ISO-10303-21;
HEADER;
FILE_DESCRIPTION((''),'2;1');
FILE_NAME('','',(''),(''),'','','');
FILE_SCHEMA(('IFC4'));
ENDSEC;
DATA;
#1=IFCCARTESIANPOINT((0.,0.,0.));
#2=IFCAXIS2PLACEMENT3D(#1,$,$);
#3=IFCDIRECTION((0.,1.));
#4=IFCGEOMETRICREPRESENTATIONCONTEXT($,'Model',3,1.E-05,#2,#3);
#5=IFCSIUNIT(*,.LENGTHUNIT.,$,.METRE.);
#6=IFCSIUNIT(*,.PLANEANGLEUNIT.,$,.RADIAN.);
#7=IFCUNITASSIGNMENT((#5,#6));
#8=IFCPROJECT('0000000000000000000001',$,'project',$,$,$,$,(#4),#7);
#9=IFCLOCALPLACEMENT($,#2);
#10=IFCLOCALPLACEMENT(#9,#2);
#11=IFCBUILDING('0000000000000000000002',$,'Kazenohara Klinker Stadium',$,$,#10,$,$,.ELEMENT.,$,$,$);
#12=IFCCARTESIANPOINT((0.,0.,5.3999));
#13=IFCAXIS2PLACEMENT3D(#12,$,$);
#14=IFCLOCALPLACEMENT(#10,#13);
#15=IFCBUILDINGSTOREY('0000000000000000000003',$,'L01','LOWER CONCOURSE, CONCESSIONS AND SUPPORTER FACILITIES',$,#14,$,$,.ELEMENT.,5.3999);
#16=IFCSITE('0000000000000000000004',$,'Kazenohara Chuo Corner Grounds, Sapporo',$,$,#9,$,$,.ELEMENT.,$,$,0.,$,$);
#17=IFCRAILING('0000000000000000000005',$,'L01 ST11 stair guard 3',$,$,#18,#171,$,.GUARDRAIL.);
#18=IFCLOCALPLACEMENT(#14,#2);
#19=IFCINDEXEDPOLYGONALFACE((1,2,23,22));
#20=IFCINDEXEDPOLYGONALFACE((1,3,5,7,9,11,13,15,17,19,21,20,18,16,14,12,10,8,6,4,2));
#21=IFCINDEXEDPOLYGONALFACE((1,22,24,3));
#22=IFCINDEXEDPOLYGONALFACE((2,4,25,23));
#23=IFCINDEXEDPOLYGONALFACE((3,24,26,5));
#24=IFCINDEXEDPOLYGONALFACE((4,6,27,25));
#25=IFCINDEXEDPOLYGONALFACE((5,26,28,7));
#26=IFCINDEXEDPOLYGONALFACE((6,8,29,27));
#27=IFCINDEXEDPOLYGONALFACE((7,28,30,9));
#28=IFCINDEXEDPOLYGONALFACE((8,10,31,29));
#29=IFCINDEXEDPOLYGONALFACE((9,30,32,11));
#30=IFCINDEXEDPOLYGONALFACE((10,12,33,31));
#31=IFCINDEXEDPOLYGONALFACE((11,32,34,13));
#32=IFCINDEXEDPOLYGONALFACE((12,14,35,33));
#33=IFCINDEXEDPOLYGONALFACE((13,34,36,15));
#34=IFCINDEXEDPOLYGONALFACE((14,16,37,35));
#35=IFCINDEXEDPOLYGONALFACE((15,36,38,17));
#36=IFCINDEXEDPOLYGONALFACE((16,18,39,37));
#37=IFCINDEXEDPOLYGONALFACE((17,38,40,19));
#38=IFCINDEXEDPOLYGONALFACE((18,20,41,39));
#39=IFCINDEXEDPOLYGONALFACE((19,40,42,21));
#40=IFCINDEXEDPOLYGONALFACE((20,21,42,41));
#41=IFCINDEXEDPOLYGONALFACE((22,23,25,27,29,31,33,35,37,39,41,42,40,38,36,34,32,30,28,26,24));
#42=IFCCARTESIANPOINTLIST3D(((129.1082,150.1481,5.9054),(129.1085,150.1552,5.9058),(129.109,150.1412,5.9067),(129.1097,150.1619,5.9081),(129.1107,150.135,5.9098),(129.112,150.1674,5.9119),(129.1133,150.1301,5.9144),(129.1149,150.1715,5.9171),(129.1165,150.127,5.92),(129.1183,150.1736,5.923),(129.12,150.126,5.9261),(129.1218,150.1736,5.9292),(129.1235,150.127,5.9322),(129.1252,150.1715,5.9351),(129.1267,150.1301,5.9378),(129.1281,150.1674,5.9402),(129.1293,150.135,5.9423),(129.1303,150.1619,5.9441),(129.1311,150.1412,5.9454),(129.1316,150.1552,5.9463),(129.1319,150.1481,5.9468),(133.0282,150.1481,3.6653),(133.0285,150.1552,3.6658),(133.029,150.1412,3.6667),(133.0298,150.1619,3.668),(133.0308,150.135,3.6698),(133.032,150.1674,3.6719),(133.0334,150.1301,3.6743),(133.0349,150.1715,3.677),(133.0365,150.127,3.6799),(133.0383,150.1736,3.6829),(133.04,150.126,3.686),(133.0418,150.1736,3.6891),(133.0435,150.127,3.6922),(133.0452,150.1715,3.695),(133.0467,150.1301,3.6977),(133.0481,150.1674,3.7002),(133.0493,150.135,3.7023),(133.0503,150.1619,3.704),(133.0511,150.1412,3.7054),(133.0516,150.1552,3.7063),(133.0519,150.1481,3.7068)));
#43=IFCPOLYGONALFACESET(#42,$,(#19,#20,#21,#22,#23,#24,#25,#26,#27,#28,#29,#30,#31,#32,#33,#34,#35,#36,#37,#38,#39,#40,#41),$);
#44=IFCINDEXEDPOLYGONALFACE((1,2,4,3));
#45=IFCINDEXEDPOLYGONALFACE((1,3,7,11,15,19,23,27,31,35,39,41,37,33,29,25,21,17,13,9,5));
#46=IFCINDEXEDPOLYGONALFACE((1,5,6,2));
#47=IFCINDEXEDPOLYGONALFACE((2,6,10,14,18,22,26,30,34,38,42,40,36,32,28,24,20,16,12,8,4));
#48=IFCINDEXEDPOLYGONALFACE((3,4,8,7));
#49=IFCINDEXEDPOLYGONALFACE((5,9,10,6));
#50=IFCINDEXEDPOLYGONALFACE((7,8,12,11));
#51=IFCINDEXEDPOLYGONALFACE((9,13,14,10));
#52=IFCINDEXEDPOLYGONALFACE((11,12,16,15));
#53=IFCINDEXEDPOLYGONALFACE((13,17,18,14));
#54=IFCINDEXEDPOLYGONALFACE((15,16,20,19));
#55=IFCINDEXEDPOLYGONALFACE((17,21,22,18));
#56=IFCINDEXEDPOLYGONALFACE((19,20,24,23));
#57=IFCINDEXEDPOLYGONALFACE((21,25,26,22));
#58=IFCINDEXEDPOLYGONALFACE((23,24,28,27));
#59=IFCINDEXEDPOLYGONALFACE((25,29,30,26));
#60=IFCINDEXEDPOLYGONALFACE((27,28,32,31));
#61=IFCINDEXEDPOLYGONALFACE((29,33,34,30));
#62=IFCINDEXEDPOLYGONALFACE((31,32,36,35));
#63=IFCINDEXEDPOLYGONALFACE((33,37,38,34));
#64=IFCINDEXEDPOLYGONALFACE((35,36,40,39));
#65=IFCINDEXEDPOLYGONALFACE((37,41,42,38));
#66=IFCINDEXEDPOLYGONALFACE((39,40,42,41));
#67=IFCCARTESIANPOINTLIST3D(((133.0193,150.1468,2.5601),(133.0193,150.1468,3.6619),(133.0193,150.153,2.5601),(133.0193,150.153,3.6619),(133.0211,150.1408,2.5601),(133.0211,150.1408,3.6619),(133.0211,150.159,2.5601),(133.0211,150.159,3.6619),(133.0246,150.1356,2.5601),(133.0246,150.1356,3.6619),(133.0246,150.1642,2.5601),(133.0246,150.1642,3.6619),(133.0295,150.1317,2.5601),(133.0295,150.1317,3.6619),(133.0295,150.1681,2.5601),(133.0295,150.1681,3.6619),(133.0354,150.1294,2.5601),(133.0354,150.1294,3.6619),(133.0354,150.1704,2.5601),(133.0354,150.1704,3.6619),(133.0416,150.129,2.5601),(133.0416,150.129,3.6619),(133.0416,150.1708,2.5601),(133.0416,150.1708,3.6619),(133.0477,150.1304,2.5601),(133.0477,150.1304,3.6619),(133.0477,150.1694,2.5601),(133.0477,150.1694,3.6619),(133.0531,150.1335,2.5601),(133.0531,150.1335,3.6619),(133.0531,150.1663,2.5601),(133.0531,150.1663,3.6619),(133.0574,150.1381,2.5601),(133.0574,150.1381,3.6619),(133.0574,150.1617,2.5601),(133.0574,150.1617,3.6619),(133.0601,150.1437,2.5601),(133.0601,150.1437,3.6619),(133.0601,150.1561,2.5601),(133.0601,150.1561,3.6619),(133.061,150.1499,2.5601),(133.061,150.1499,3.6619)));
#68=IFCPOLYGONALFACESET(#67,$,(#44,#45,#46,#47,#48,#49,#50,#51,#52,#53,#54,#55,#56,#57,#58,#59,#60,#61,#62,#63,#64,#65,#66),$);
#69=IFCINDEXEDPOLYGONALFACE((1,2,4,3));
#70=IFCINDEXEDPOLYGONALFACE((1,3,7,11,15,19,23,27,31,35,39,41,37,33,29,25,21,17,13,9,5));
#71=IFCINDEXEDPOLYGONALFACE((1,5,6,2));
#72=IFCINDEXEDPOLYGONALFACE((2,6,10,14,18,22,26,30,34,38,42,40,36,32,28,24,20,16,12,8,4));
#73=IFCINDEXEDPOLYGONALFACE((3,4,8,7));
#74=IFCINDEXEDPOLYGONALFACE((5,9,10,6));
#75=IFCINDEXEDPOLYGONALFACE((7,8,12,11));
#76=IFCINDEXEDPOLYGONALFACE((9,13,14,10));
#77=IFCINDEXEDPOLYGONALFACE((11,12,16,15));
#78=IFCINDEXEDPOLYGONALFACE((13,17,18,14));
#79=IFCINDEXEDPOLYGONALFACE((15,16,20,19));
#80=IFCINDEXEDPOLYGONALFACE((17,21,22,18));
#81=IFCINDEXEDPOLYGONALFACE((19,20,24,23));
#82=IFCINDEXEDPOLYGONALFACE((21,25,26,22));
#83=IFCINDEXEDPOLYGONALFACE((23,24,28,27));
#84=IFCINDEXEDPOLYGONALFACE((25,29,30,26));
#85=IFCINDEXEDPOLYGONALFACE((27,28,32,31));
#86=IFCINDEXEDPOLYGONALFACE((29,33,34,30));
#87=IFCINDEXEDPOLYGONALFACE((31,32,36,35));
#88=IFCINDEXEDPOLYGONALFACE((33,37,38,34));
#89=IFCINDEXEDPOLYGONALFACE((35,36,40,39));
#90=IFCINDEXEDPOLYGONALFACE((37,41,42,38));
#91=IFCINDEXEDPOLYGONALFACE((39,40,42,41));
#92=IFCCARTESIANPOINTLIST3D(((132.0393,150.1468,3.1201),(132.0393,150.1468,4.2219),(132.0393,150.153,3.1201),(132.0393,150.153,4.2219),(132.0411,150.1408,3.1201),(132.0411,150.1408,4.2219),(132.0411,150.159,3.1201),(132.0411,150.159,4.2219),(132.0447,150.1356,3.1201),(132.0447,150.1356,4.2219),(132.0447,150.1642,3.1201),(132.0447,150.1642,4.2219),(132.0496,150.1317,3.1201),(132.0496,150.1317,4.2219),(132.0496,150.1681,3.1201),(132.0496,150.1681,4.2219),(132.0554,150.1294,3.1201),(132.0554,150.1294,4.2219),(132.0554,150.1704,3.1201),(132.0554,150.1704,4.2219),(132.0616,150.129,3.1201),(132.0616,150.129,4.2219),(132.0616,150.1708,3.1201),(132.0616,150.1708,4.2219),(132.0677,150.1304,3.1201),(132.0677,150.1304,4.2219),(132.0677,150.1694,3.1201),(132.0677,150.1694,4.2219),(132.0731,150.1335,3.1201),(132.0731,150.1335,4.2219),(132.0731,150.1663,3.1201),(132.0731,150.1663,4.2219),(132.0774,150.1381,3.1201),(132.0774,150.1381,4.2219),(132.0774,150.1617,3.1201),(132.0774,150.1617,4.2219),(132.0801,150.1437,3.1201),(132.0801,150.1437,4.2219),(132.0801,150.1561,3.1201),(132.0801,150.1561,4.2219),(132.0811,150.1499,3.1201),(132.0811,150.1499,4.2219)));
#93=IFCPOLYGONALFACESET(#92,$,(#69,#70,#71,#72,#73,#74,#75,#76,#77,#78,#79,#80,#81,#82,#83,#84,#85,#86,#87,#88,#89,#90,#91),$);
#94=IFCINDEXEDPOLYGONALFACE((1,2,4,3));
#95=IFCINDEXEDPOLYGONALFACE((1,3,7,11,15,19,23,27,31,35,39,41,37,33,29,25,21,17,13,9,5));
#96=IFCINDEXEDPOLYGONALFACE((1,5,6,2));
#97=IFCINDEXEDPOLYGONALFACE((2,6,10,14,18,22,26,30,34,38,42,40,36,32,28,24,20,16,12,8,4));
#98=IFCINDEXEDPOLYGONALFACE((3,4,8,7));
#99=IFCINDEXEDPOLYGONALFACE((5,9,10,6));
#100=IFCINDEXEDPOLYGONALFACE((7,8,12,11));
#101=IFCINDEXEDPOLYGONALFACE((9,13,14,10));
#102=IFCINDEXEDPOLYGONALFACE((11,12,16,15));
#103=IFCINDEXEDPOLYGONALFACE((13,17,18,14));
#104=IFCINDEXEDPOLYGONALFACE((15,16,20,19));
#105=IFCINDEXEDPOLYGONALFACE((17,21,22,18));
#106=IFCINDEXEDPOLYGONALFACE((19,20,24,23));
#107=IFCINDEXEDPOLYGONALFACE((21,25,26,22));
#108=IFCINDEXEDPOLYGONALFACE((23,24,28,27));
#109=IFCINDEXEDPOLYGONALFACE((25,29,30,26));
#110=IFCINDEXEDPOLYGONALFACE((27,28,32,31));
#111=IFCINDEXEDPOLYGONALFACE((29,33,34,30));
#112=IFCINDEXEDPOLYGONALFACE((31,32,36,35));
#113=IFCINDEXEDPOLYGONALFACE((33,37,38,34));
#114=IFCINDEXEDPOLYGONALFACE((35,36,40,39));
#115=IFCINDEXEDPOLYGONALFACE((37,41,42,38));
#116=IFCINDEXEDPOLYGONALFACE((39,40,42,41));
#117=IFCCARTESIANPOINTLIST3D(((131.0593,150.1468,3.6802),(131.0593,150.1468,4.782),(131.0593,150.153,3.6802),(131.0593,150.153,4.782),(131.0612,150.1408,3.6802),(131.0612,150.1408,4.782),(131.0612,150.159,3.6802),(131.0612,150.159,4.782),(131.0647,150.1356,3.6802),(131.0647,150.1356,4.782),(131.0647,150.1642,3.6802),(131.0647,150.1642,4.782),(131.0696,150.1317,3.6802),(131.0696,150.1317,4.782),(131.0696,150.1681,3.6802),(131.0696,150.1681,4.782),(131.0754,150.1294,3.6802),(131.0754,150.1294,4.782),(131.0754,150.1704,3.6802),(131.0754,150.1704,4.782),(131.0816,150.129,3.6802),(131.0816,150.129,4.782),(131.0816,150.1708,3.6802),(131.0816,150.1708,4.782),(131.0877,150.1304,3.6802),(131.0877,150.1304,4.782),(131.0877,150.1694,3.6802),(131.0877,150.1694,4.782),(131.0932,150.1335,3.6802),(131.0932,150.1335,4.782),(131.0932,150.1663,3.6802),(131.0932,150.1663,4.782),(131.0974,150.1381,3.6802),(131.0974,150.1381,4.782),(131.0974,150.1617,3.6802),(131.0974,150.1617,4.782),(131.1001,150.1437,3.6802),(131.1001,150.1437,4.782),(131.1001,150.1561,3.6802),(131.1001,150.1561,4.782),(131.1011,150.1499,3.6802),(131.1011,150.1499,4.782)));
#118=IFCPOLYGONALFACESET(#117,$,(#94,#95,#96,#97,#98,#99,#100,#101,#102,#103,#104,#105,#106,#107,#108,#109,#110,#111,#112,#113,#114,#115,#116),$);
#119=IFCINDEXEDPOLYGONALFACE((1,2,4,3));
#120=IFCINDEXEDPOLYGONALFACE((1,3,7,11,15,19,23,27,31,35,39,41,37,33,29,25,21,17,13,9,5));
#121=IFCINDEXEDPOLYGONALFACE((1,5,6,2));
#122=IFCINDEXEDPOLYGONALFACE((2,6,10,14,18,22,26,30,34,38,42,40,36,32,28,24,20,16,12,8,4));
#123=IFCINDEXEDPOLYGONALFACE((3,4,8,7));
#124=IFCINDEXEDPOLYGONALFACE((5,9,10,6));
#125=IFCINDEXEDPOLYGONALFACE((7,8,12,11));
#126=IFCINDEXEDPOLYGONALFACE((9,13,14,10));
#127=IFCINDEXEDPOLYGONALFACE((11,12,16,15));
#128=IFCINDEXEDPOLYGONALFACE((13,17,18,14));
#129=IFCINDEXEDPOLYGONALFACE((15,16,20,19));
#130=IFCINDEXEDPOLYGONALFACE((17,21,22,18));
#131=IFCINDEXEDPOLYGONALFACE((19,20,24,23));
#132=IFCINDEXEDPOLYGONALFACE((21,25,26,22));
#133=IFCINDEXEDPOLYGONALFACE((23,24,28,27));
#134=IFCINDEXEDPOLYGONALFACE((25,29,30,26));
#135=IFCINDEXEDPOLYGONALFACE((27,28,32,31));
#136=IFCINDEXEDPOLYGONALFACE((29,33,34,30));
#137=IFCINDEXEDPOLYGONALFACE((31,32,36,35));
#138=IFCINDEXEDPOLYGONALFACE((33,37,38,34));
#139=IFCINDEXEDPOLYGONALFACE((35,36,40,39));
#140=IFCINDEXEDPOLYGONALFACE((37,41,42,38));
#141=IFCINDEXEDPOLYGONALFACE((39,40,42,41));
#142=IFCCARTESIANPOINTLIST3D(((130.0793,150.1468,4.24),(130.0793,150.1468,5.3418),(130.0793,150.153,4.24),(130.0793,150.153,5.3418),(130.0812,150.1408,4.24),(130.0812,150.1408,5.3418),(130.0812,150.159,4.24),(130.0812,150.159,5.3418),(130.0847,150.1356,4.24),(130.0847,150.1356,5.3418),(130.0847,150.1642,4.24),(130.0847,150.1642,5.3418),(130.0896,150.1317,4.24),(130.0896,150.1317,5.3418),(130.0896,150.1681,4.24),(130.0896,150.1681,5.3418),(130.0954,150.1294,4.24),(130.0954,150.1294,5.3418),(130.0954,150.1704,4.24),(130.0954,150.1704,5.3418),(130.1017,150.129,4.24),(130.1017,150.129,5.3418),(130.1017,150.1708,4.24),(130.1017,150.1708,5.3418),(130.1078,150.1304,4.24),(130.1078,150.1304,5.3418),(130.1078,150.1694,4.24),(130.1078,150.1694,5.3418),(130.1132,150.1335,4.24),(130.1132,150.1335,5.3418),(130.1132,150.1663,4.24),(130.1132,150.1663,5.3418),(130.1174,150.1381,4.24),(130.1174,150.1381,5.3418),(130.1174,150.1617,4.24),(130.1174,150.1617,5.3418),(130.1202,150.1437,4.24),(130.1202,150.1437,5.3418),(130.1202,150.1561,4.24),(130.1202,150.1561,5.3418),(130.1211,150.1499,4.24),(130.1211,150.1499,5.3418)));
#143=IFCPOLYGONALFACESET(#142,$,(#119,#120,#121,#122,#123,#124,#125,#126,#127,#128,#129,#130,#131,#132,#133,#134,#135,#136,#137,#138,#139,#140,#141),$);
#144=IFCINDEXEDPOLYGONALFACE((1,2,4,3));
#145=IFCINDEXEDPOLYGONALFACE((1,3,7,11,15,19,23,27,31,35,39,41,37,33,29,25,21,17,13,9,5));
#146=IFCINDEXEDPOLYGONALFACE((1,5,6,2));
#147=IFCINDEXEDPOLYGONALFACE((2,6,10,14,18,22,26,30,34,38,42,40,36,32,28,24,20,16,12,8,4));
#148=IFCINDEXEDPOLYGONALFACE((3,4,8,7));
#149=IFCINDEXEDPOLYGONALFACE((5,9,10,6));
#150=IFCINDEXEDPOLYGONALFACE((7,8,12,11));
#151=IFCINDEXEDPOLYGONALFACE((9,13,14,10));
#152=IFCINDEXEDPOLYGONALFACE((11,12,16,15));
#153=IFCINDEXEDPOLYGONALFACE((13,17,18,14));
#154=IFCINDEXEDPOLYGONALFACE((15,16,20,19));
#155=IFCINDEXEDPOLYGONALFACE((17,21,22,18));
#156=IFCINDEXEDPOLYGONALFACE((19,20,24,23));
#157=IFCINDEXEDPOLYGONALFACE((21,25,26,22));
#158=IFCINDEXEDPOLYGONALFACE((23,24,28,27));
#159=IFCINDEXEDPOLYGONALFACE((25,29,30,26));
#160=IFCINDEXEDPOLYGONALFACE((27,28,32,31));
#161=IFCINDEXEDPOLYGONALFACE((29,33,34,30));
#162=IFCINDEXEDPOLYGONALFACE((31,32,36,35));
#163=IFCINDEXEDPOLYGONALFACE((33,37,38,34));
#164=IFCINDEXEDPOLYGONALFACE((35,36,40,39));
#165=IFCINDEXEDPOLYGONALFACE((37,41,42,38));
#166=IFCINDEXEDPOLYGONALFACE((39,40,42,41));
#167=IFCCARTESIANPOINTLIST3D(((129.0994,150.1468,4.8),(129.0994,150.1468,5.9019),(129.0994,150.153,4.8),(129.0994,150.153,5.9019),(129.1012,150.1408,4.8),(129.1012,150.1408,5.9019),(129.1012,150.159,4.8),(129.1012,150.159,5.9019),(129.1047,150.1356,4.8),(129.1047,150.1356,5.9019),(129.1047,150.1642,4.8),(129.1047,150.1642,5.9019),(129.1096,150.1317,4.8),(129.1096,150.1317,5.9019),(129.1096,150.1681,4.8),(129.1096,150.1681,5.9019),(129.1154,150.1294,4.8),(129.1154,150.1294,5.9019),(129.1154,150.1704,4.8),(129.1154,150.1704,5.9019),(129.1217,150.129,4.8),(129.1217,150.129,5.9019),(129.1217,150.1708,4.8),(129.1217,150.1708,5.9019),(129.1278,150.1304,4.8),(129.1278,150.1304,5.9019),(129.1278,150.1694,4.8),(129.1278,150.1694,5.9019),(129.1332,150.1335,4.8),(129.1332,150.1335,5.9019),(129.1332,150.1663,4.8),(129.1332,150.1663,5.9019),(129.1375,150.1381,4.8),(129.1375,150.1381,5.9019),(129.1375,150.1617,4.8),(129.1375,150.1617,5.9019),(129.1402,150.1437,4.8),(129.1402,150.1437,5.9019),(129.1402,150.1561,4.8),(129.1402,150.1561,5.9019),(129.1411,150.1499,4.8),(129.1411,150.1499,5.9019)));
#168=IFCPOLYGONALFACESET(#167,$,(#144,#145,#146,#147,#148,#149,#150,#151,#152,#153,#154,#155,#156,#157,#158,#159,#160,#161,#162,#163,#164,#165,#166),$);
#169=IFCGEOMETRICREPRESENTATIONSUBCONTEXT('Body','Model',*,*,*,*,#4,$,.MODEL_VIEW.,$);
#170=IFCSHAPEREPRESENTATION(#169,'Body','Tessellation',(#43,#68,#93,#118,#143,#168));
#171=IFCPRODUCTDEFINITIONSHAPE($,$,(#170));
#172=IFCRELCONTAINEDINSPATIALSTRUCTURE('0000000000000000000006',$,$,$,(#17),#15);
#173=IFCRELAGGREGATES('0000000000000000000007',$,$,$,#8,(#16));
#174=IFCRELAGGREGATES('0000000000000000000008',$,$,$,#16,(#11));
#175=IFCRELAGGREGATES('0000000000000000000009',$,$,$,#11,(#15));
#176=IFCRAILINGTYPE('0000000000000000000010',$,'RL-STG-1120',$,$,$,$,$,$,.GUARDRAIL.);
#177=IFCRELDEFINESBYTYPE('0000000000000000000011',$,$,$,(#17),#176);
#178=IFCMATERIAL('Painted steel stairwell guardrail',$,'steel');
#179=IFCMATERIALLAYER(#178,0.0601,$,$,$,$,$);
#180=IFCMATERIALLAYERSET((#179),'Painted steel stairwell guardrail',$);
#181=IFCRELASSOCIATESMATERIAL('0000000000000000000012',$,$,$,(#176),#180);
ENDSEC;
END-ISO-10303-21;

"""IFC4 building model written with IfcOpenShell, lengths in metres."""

from ifc_helpers import new_model, si_unit, direction, frame, origin, origin_2d, place, context, subcontext, project, spatial, circle, extrude, material, layer, layer_set, type_object, element, save


model = new_model("IFC4")

# Units and contexts
model_context = context("Model", 3, precision=1e-05, world=origin(), true_north=direction((0.0, 1.0)))
body_context = subcontext(model_context, "Body", "Model", "MODEL_VIEW")
ifc_project = project(units=[si_unit("LENGTHUNIT", "METRE"), si_unit("PLANEANGLEUNIT", "RADIAN")], contexts=[model_context])

# Site, building, storey
site_placement = place(None, origin())
site = spatial("IfcSite", under=ifc_project, at=site_placement, Name="Kazenohara Chuo Corner Grounds, Sapporo", CompositionType="ELEMENT", RefElevation=0.0)
building_placement = place(site_placement, origin())
building = spatial("IfcBuilding", under=site, at=building_placement, Name="Kazenohara Klinker Stadium", CompositionType="ELEMENT")
storey_placement = place(building_placement, frame((0.0, 0.0, 5.3999)))
storey = spatial("IfcBuildingStorey", under=building, at=storey_placement, Name="L01", Description="LOWER CONCOURSE, CONCESSIONS AND SUPPORTER FACILITIES", CompositionType="ELEMENT", Elevation=5.3999)

# Railing
ifc_material_1 = material(Name="Painted steel stairwell guardrail", Category="steel")
ifc_layer_1 = layer(ifc_material_1, 0.0601)
ifc_layer_set_1 = layer_set([ifc_layer_1], Name="Painted steel stairwell guardrail")
railing_type_1 = type_object("IfcRailingType", Name="RL-STG-1120", PredefinedType="GUARDRAIL", material=ifc_layer_set_1)
railing_1_placement = place(storey_placement, frame((133.04, 150.1499, 2.5601)))
element("IfcRailing", 1, at=railing_1_placement, inside=storey, type_object=railing_type_1, Name="L01 ST11 stair guard 3", PredefinedType="GUARDRAIL", context=body_context, shape_type="SweptSolid", body=[
    extrude(circle(Radius=0.0239, at=origin_2d()), frame((0.0, 0.0, 1.126), z_axis=(-0.86824, 0.0, 0.496145), x_axis=(0.0, -1.0, 0.0)), (0.0, 0.0, 1.0), 4.5149),
    extrude(circle(Radius=0.021, at=origin_2d()), origin(), (0.0, 0.0, 1.0), 1.1018),
    extrude(circle(Radius=0.021, at=origin_2d()), frame((-0.98, 0.0, 0.5601)), (0.0, 0.0, 1.0), 1.1018),
    extrude(circle(Radius=0.021, at=origin_2d()), frame((-1.96, 0.0, 1.1201)), (0.0, 0.0, 1.0), 1.1018),
    extrude(circle(Radius=0.021, at=origin_2d()), frame((-2.9399, 0.0, 1.6799)), (0.0, 0.0, 1.0), 1.1018),
    extrude(circle(Radius=0.021, at=origin_2d()), frame((-3.9199, 0.0, 2.24)), (0.0, 0.0, 1.0), 1.1018),
])

save(model, "model.ifc")
